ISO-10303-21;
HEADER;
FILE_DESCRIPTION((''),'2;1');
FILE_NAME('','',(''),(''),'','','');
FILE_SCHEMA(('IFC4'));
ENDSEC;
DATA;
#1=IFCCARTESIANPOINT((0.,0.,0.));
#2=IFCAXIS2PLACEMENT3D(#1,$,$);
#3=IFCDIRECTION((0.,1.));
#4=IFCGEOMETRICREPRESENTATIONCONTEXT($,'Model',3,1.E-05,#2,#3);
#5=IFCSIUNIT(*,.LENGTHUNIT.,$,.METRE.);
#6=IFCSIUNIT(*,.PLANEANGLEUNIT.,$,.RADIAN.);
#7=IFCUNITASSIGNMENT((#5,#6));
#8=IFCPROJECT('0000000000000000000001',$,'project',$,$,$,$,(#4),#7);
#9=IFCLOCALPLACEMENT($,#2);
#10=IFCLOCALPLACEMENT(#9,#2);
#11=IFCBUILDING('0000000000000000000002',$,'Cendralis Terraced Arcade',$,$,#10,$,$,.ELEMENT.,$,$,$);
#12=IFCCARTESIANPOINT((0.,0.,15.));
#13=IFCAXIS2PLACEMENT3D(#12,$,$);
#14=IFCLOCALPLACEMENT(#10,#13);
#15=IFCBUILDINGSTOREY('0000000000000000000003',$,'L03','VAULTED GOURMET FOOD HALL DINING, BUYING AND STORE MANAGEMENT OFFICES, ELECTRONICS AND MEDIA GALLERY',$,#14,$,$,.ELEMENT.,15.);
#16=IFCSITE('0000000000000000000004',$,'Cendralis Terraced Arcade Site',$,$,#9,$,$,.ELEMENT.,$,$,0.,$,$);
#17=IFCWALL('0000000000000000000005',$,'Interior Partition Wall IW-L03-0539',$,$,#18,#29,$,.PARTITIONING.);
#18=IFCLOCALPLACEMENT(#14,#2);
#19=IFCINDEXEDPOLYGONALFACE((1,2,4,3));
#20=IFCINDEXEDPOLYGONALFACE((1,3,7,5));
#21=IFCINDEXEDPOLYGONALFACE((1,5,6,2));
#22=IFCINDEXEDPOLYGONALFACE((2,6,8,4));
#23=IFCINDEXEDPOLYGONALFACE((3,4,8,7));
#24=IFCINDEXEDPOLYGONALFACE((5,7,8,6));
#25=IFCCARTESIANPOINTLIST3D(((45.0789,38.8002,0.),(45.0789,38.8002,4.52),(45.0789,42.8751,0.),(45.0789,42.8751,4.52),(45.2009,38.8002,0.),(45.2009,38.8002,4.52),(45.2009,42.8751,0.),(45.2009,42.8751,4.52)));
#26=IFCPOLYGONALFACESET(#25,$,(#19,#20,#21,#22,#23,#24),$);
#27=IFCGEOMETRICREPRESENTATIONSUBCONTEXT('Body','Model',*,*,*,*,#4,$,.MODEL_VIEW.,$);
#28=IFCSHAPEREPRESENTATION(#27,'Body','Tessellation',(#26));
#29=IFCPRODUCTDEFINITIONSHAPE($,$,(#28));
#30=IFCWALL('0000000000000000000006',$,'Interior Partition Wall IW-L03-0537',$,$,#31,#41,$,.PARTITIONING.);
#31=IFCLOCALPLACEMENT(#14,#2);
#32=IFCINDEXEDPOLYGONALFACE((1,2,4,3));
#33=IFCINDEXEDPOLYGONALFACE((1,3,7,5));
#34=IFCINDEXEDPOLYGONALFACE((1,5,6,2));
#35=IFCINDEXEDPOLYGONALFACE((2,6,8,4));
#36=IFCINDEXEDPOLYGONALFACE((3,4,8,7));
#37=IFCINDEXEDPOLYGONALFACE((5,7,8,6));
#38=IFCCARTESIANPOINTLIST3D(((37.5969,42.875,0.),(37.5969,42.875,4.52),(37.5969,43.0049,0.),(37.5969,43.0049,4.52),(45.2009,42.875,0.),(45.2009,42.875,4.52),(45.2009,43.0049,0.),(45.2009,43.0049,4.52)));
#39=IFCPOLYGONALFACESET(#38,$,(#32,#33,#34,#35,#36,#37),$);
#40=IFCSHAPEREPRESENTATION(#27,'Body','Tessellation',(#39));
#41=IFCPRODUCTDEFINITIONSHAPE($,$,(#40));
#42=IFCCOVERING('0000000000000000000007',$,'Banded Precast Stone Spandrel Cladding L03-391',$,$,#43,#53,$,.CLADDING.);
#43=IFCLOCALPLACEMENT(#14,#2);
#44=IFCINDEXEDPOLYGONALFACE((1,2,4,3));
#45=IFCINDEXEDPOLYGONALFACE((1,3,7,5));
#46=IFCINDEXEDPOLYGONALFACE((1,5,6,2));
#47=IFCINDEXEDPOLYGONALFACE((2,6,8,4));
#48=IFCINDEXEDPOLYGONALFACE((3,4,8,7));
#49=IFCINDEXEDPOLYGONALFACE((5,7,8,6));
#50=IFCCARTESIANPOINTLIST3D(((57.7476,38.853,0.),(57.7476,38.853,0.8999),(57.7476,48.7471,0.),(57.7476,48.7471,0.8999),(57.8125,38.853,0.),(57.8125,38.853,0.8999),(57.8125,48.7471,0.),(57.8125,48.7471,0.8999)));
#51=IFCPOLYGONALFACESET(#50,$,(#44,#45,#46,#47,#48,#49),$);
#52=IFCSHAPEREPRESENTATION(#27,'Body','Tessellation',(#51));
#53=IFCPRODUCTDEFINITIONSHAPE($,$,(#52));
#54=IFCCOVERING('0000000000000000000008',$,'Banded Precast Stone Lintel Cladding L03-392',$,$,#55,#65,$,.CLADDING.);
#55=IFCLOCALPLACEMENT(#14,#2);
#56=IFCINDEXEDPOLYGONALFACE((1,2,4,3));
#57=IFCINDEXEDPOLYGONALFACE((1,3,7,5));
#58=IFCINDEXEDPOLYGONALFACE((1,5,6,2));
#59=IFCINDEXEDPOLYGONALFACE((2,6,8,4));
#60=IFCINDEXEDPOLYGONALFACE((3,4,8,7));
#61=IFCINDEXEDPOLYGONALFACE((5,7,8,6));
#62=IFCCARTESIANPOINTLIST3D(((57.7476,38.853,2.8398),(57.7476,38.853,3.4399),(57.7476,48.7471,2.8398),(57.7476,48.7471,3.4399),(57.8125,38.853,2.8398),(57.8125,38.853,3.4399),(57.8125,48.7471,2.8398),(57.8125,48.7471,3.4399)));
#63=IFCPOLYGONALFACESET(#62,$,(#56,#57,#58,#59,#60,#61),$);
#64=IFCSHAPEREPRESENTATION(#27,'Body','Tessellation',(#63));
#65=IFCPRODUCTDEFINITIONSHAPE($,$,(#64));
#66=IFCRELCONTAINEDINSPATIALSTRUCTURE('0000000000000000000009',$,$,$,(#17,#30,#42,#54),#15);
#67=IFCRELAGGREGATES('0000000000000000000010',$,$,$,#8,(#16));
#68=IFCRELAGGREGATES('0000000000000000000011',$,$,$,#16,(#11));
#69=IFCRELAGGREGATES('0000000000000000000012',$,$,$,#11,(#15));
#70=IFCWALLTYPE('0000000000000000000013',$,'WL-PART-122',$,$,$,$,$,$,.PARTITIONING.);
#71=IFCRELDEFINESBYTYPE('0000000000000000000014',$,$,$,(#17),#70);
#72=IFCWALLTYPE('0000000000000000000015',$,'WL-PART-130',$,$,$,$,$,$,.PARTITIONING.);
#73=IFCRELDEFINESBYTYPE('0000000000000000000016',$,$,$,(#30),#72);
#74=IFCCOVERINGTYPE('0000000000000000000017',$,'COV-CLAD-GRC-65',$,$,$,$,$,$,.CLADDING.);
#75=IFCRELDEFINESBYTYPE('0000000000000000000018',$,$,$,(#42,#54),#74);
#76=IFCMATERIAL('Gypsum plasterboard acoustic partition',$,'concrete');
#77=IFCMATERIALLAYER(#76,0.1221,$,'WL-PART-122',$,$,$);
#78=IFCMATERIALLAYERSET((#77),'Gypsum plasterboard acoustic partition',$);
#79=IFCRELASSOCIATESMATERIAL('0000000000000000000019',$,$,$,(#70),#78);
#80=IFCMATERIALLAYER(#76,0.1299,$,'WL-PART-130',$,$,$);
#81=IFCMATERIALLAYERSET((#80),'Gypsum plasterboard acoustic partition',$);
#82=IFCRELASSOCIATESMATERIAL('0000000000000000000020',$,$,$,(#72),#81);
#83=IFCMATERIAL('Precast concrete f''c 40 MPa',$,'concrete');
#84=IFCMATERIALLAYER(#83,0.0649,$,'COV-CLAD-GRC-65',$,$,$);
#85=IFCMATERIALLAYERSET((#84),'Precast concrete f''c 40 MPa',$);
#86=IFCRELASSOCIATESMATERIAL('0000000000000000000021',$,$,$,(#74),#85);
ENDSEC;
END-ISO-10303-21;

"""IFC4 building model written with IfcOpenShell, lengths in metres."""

from ifc_helpers import new_model, si_unit, direction, frame, frame_2d, origin, origin_2d, place, context, subcontext, project, spatial, rectangle, extrude, material, layer, layer_set, type_object, element, save


model = new_model("IFC4")

# Units and contexts
model_context = context("Model", 3, precision=1e-05, world=origin(), true_north=direction((0.0, 1.0)))
body_context = subcontext(model_context, "Body", "Model", "MODEL_VIEW")
ifc_project = project(units=[si_unit("LENGTHUNIT", "METRE"), si_unit("PLANEANGLEUNIT", "RADIAN")], contexts=[model_context])

# Site, building, storey
site_placement = place(None, origin())
site = spatial("IfcSite", under=ifc_project, at=site_placement, Name="Cendralis Terraced Arcade Site", CompositionType="ELEMENT", RefElevation=0.0)
building_placement = place(site_placement, origin())
building = spatial("IfcBuilding", under=site, at=building_placement, Name="Cendralis Terraced Arcade", CompositionType="ELEMENT")
storey_placement = place(building_placement, frame((0.0, 0.0, 15.0)))
storey = spatial("IfcBuildingStorey", under=building, at=storey_placement, Name="L03", Description="VAULTED GOURMET FOOD HALL DINING, BUYING AND STORE MANAGEMENT OFFICES, ELECTRONICS AND MEDIA GALLERY", CompositionType="ELEMENT", Elevation=15.0)

# Shared definitions
ifc_material_1 = material(Name="Precast concrete f'c 40 MPa", Category="concrete")

# Walls
ifc_material_2 = material(Name="Gypsum plasterboard acoustic partition", Category="concrete")
ifc_layer_1 = layer(ifc_material_2, 0.1221, Name="WL-PART-122")
ifc_layer_set_1 = layer_set([ifc_layer_1], Name="Gypsum plasterboard acoustic partition")
wall_type_1 = type_object("IfcWallType", Name="WL-PART-122", PredefinedType="PARTITIONING", material=ifc_layer_set_1)
wall_1_placement = place(storey_placement, frame((45.1399, 38.8, 0.0), z_axis=(0.0, 0.0, 1.0), x_axis=(0.0, 1.0, 0.0)))
element("IfcWall", 1, at=wall_1_placement, inside=storey, type_object=wall_type_1, Name="Interior Partition Wall IW-L03-0539", PredefinedType="PARTITIONING", context=body_context, shape_type="SweptSolid", body=[
    extrude(rectangle(XDim=4.075, YDim=0.1221, at=frame_2d((2.0376, 0.0))), origin(), (0.0, 0.0, 1.0), 4.52),
])
ifc_layer_2 = layer(ifc_material_2, 0.1299, Name="WL-PART-130")
ifc_layer_set_2 = layer_set([ifc_layer_2], Name="Gypsum plasterboard acoustic partition")
wall_type_2 = type_object("IfcWallType", Name="WL-PART-130", PredefinedType="PARTITIONING", material=ifc_layer_set_2)
wall_2_placement = place(storey_placement, frame((45.2009, 42.9399, 0.0), z_axis=(0.0, 0.0, 1.0), x_axis=(-1.0, 0.0, 0.0)))
element("IfcWall", 2, at=wall_2_placement, inside=storey, type_object=wall_type_2, Name="Interior Partition Wall IW-L03-0537", PredefinedType="PARTITIONING", context=body_context, shape_type="SweptSolid", body=[
    extrude(rectangle(XDim=7.604, YDim=0.1299, at=frame_2d((3.802, 0.0))), origin(), (0.0, 0.0, 1.0), 4.52),
])

# Coverings
ifc_layer_3 = layer(ifc_material_1, 0.0649, Name="COV-CLAD-GRC-65")
ifc_layer_set_3 = layer_set([ifc_layer_3], Name="Precast concrete f'c 40 MPa")
covering_type = type_object("IfcCoveringType", Name="COV-CLAD-GRC-65", PredefinedType="CLADDING", material=ifc_layer_set_3)
covering_1_placement = place(storey_placement, frame((57.78, 43.8, 0.0), z_axis=(0.0, 0.0, 1.0), x_axis=(0.0, -1.0, 0.0)))
element("IfcCovering", 3, at=covering_1_placement, inside=storey, type_object=covering_type, Name="Banded Precast Stone Spandrel Cladding L03-391", PredefinedType="CLADDING", context=body_context, shape_type="SweptSolid", body=[
    extrude(rectangle(XDim=9.894, YDim=0.0649, at=origin_2d()), origin(), (0.0, 0.0, 1.0), 0.8999),
])
covering_2_placement = place(storey_placement, frame((57.78, 43.8, 2.8398), z_axis=(0.0, 0.0, 1.0), x_axis=(0.0, -1.0, 0.0)))
element("IfcCovering", 4, at=covering_2_placement, inside=storey, type_object=covering_type, Name="Banded Precast Stone Lintel Cladding L03-392", PredefinedType="CLADDING", context=body_context, shape_type="SweptSolid", body=[
    extrude(rectangle(XDim=9.894, YDim=0.0649, at=origin_2d()), origin(), (0.0, 0.0, 1.0), 0.6001),
])

save(model, "model.ifc")
